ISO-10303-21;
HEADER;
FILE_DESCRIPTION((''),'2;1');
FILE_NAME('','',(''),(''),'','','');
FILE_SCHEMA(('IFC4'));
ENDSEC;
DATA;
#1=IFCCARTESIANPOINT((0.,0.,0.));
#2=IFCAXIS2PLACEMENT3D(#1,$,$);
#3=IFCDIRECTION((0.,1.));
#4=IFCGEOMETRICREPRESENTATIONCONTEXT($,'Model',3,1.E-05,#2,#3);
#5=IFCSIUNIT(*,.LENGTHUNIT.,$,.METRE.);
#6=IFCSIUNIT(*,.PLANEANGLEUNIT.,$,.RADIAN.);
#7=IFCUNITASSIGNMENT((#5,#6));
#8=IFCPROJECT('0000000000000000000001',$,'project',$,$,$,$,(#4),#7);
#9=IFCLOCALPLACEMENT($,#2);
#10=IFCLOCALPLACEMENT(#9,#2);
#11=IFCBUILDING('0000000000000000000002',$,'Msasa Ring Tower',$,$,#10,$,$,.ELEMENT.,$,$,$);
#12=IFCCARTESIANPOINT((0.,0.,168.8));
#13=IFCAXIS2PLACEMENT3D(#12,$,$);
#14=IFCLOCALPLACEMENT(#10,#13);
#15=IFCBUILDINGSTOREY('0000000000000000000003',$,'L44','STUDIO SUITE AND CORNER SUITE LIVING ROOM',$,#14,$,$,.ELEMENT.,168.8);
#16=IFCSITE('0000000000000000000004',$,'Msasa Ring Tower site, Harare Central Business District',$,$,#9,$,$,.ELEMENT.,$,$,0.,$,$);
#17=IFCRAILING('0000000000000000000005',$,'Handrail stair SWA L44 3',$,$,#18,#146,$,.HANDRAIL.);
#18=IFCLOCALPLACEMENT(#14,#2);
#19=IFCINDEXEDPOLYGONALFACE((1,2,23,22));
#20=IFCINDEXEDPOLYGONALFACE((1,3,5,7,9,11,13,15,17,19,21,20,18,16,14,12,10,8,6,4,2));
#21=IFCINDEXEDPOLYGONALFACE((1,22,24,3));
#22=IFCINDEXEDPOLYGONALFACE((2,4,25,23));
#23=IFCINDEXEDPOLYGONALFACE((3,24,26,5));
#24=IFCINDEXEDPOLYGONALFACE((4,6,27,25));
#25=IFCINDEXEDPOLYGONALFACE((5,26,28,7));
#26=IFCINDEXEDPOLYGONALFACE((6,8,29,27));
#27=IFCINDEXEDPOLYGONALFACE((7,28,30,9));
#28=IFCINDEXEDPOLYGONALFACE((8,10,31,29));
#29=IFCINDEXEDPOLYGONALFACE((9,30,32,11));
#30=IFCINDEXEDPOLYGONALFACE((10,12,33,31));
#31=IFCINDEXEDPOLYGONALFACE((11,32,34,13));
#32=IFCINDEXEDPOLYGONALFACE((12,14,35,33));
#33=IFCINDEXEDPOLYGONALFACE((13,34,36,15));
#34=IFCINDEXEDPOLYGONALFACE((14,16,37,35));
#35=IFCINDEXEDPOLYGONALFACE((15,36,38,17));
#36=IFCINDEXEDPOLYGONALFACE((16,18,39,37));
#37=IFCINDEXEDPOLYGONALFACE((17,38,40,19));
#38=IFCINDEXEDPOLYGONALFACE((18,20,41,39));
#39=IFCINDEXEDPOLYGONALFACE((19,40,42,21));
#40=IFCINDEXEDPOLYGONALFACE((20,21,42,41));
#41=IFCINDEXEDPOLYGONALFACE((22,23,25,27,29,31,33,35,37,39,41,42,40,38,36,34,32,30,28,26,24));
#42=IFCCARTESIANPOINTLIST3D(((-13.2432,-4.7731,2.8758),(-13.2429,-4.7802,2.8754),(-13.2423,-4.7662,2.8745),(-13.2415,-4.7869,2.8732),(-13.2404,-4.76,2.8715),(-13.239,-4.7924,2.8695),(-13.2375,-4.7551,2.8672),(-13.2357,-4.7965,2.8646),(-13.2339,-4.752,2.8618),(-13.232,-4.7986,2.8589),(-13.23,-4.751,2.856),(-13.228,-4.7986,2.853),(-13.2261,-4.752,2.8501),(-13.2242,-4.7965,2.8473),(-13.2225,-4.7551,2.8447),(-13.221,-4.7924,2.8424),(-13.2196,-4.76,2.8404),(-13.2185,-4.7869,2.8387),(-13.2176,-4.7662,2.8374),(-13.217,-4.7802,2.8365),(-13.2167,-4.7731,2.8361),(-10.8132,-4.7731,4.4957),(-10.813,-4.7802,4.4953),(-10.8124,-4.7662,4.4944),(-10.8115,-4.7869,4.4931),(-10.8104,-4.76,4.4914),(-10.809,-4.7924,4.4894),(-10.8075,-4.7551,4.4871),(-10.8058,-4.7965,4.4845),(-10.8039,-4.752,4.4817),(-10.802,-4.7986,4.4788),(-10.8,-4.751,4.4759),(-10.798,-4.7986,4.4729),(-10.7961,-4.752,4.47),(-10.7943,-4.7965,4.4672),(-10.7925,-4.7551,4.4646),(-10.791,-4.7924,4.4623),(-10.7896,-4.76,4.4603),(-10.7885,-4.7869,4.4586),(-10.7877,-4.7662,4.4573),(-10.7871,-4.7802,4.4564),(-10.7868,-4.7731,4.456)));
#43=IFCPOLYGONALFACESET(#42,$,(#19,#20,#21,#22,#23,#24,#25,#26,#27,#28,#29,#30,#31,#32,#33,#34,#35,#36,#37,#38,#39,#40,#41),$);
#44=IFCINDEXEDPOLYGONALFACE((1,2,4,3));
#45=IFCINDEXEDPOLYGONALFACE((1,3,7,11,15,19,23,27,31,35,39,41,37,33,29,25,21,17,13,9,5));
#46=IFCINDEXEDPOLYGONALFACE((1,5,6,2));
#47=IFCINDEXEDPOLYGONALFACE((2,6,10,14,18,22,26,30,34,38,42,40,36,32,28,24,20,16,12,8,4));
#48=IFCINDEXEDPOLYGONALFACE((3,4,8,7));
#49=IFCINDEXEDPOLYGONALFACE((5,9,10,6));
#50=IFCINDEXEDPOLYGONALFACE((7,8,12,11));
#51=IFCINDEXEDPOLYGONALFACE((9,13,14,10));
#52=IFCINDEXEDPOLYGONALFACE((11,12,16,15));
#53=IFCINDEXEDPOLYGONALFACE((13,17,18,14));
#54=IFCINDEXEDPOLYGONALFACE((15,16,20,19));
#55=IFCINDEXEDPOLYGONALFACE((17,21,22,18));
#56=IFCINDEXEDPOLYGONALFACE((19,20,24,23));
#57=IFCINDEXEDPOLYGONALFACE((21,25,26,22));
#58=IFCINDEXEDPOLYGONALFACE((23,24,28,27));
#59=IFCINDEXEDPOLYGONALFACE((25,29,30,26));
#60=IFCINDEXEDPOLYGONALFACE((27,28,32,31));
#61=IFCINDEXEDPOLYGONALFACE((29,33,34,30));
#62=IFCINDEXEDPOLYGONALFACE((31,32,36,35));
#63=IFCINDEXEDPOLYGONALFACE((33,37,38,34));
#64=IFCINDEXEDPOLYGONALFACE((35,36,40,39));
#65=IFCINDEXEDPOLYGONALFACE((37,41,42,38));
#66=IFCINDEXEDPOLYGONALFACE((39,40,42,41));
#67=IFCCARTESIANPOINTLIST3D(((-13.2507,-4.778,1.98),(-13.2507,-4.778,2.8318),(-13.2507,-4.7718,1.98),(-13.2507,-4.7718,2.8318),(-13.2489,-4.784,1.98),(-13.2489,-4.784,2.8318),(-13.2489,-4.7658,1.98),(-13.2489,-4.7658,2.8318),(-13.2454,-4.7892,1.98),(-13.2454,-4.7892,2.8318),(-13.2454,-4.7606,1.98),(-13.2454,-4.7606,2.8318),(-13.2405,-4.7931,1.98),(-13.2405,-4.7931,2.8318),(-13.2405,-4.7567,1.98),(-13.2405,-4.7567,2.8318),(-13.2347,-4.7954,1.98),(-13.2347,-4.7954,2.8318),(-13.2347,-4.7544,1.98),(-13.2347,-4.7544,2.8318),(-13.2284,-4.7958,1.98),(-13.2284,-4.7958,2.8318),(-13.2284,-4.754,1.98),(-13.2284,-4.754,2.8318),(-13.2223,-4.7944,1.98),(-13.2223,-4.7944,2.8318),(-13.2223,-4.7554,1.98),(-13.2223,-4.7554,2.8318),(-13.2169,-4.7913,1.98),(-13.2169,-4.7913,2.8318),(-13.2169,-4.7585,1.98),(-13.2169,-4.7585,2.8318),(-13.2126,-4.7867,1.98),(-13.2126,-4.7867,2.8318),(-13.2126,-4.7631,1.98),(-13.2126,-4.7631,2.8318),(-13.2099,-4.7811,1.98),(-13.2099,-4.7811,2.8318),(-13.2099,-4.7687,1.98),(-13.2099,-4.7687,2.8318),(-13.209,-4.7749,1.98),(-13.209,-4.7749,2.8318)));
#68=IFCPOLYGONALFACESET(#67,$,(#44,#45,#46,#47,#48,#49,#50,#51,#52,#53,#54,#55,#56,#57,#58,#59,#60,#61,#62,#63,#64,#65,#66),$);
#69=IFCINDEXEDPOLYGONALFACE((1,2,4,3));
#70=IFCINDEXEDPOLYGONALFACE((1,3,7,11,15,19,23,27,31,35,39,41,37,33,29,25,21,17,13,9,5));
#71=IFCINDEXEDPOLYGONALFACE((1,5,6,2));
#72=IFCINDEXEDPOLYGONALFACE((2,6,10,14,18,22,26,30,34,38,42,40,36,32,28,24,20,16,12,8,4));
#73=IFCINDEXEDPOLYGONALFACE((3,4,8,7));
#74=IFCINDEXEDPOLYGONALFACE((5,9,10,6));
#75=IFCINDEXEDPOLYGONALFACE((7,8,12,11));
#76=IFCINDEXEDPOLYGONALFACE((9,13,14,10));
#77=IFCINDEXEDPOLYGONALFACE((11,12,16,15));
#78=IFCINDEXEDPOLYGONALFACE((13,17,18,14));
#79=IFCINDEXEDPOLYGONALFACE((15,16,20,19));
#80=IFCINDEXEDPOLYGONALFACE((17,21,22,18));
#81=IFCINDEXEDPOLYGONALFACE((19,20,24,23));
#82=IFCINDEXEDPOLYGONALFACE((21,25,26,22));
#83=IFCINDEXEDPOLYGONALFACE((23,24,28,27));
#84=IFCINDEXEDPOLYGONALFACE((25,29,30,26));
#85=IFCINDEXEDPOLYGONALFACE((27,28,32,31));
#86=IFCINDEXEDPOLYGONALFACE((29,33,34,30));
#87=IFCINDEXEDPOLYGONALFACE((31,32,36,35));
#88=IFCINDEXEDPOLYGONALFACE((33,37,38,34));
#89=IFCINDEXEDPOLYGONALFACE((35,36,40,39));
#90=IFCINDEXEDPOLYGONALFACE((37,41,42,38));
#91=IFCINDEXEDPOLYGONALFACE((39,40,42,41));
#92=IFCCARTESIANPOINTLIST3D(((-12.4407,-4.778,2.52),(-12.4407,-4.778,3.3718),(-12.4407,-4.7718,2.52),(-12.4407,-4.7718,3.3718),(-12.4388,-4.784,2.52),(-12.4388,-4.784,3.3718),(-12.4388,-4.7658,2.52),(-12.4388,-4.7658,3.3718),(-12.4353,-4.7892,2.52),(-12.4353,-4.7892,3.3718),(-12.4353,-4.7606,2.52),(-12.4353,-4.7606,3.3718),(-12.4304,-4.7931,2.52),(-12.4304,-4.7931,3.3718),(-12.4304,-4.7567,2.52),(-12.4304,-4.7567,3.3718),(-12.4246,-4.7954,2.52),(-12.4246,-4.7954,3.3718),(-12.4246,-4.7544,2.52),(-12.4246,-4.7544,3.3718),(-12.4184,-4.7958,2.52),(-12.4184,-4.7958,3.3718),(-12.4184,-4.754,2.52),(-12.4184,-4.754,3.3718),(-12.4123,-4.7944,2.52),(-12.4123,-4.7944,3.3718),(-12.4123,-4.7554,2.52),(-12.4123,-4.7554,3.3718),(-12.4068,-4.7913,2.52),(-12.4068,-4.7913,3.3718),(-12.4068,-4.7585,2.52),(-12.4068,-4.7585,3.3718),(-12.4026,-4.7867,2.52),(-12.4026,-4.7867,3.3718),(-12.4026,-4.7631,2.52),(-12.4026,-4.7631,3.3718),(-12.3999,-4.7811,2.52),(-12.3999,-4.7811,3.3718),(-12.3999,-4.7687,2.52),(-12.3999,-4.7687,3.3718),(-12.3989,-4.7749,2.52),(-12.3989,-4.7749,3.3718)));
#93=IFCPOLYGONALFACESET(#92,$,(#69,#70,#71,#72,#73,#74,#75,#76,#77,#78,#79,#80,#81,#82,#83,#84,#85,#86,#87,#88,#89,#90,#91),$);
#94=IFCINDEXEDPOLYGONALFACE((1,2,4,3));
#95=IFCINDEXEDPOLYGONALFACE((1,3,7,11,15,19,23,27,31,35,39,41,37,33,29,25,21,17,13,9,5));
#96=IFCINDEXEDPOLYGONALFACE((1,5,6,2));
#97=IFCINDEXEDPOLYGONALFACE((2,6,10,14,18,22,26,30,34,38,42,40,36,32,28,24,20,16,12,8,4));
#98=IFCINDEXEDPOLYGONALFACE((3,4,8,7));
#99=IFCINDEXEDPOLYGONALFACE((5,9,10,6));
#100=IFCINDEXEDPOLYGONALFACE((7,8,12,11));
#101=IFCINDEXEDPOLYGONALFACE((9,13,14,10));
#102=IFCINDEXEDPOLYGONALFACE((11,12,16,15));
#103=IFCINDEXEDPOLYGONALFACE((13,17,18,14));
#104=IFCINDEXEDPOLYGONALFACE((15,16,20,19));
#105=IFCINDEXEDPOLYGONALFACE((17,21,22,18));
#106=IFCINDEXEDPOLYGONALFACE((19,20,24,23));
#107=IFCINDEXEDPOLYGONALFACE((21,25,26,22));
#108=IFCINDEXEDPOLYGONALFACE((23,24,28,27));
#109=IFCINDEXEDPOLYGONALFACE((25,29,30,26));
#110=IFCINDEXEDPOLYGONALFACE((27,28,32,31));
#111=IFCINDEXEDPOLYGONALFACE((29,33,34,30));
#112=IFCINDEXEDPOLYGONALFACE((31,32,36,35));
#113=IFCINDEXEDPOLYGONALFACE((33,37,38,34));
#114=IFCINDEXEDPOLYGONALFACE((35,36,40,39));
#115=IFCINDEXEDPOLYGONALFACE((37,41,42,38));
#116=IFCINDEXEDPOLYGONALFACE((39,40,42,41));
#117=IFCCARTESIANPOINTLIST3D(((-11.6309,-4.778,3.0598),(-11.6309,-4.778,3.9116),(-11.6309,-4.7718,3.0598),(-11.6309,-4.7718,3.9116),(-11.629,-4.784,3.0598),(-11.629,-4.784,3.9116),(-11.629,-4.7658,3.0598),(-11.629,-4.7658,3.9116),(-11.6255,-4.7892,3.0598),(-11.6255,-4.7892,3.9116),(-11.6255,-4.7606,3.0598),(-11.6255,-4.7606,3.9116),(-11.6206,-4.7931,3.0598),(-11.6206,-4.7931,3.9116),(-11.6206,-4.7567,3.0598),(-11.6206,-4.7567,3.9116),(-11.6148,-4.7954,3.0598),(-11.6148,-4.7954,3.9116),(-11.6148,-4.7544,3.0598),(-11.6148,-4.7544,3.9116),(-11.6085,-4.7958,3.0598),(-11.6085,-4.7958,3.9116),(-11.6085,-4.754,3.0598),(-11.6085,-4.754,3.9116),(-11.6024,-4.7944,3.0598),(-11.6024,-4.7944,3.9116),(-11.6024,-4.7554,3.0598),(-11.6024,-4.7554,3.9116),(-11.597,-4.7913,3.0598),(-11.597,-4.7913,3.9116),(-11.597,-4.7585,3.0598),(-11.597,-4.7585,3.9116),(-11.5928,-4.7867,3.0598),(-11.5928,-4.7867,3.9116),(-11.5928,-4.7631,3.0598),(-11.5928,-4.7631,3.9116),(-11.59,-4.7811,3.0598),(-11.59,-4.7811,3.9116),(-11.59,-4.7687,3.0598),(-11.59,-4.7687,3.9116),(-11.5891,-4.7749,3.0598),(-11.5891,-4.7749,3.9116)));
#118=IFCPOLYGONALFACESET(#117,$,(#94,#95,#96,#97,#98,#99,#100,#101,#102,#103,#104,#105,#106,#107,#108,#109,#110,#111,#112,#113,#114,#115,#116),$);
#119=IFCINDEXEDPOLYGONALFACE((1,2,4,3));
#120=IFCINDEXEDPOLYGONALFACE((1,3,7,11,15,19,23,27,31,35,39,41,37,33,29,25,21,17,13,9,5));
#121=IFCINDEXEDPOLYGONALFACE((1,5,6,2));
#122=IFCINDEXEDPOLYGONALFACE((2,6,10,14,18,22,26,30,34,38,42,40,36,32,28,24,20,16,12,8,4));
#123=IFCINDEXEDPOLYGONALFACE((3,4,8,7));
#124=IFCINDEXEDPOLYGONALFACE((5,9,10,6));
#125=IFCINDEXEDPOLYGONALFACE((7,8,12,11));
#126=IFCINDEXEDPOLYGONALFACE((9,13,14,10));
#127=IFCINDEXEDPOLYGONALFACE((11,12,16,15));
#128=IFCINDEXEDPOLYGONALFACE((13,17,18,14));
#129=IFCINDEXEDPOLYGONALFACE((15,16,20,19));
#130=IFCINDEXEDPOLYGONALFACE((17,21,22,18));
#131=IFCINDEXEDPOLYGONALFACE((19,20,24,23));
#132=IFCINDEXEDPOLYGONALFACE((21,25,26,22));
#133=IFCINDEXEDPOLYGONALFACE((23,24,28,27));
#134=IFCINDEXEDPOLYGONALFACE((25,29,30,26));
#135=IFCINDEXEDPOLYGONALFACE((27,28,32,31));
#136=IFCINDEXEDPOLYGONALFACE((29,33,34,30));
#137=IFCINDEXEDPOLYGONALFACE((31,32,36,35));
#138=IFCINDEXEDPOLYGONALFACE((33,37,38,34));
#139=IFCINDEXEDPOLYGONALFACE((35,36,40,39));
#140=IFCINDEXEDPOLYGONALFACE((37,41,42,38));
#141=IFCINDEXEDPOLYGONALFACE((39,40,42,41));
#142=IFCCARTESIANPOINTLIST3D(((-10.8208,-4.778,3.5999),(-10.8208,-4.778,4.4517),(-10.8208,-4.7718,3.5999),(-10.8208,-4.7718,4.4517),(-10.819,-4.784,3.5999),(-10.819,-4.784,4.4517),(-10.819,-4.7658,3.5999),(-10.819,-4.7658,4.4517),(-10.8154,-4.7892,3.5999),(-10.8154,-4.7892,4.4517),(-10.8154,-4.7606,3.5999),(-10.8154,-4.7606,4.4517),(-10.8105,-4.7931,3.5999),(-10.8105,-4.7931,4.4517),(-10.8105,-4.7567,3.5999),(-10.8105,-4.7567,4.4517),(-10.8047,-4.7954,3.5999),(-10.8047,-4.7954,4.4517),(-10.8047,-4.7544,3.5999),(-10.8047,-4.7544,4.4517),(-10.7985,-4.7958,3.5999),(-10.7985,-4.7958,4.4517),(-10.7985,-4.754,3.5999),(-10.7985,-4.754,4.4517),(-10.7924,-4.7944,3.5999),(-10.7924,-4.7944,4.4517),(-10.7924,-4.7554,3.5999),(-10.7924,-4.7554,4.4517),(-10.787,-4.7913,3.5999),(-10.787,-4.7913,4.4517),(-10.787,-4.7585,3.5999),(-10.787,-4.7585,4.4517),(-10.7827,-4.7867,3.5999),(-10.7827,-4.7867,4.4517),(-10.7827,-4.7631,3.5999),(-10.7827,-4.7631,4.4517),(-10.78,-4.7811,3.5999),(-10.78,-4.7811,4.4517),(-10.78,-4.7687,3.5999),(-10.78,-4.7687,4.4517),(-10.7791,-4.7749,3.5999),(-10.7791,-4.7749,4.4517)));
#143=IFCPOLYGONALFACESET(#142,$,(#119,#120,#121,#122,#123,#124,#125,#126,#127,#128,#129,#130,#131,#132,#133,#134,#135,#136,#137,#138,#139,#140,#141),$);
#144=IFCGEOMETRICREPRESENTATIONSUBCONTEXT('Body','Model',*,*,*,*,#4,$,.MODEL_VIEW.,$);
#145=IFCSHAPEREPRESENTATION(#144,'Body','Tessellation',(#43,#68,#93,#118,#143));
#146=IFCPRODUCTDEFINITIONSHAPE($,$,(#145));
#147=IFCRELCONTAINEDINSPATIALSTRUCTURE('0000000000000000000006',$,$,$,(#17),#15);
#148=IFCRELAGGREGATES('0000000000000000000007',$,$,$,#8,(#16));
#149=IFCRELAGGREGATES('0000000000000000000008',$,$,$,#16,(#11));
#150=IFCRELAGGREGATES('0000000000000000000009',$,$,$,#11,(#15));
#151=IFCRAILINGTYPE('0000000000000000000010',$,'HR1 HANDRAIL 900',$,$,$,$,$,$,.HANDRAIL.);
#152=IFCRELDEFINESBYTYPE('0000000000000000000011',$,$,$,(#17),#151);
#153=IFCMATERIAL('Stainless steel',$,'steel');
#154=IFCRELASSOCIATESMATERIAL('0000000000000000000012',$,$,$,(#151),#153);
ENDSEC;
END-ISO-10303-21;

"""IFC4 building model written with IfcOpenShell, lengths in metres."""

from ifc_helpers import new_model, si_unit, direction, frame, origin, origin_2d, place, context, subcontext, project, spatial, circle, extrude, material, type_object, element, save


model = new_model("IFC4")

# Units and contexts
model_context = context("Model", 3, precision=1e-05, world=origin(), true_north=direction((0.0, 1.0)))
body_context = subcontext(model_context, "Body", "Model", "MODEL_VIEW")
ifc_project = project(units=[si_unit("LENGTHUNIT", "METRE"), si_unit("PLANEANGLEUNIT", "RADIAN")], contexts=[model_context])

# Site, building, storey
site_placement = place(None, origin())
site = spatial("IfcSite", under=ifc_project, at=site_placement, Name="Msasa Ring Tower site, Harare Central Business District", CompositionType="ELEMENT", RefElevation=0.0)
building_placement = place(site_placement, origin())
building = spatial("IfcBuilding", under=site, at=building_placement, Name="Msasa Ring Tower", CompositionType="ELEMENT")
storey_placement = place(building_placement, frame((0.0, 0.0, 168.8)))
storey = spatial("IfcBuildingStorey", under=building, at=storey_placement, Name="L44", Description="STUDIO SUITE AND CORNER SUITE LIVING ROOM", CompositionType="ELEMENT", Elevation=168.8)

# Railing
ifc_material_1 = material(Name="Stainless steel", Category="steel")
railing_type = type_object("IfcRailingType", Name="HR1 HANDRAIL 900", PredefinedType="HANDRAIL", material=ifc_material_1)
for number, where, name in (
    (1, (-13.23, -4.7749, 1.98), "Handrail stair SWA L44 3"),
):
    element("IfcRailing", number, at=place(storey_placement, frame(where)), inside=storey, type_object=railing_type, Name=name, PredefinedType="HANDRAIL", context=body_context, shape_type="SweptSolid", body=[
        extrude(circle(Radius=0.0239, at=origin_2d()), frame((0.0, 0.0, 0.876), z_axis=(0.832063, 0.0, 0.554681), x_axis=(0.0, 1.0, 0.0)), (0.0, 0.0, 1.0), 2.9204),
        extrude(circle(Radius=0.021, at=origin_2d()), origin(), (0.0, 0.0, 1.0), 0.8518),
        extrude(circle(Radius=0.021, at=origin_2d()), frame((0.8101, 0.0, 0.54)), (0.0, 0.0, 1.0), 0.8518),
        extrude(circle(Radius=0.021, at=origin_2d()), frame((1.6199, 0.0, 1.0798)), (0.0, 0.0, 1.0), 0.8518),
        extrude(circle(Radius=0.021, at=origin_2d()), frame((2.4299, 0.0, 1.6199)), (0.0, 0.0, 1.0), 0.8518),
    ])

save(model, "model.ifc")
